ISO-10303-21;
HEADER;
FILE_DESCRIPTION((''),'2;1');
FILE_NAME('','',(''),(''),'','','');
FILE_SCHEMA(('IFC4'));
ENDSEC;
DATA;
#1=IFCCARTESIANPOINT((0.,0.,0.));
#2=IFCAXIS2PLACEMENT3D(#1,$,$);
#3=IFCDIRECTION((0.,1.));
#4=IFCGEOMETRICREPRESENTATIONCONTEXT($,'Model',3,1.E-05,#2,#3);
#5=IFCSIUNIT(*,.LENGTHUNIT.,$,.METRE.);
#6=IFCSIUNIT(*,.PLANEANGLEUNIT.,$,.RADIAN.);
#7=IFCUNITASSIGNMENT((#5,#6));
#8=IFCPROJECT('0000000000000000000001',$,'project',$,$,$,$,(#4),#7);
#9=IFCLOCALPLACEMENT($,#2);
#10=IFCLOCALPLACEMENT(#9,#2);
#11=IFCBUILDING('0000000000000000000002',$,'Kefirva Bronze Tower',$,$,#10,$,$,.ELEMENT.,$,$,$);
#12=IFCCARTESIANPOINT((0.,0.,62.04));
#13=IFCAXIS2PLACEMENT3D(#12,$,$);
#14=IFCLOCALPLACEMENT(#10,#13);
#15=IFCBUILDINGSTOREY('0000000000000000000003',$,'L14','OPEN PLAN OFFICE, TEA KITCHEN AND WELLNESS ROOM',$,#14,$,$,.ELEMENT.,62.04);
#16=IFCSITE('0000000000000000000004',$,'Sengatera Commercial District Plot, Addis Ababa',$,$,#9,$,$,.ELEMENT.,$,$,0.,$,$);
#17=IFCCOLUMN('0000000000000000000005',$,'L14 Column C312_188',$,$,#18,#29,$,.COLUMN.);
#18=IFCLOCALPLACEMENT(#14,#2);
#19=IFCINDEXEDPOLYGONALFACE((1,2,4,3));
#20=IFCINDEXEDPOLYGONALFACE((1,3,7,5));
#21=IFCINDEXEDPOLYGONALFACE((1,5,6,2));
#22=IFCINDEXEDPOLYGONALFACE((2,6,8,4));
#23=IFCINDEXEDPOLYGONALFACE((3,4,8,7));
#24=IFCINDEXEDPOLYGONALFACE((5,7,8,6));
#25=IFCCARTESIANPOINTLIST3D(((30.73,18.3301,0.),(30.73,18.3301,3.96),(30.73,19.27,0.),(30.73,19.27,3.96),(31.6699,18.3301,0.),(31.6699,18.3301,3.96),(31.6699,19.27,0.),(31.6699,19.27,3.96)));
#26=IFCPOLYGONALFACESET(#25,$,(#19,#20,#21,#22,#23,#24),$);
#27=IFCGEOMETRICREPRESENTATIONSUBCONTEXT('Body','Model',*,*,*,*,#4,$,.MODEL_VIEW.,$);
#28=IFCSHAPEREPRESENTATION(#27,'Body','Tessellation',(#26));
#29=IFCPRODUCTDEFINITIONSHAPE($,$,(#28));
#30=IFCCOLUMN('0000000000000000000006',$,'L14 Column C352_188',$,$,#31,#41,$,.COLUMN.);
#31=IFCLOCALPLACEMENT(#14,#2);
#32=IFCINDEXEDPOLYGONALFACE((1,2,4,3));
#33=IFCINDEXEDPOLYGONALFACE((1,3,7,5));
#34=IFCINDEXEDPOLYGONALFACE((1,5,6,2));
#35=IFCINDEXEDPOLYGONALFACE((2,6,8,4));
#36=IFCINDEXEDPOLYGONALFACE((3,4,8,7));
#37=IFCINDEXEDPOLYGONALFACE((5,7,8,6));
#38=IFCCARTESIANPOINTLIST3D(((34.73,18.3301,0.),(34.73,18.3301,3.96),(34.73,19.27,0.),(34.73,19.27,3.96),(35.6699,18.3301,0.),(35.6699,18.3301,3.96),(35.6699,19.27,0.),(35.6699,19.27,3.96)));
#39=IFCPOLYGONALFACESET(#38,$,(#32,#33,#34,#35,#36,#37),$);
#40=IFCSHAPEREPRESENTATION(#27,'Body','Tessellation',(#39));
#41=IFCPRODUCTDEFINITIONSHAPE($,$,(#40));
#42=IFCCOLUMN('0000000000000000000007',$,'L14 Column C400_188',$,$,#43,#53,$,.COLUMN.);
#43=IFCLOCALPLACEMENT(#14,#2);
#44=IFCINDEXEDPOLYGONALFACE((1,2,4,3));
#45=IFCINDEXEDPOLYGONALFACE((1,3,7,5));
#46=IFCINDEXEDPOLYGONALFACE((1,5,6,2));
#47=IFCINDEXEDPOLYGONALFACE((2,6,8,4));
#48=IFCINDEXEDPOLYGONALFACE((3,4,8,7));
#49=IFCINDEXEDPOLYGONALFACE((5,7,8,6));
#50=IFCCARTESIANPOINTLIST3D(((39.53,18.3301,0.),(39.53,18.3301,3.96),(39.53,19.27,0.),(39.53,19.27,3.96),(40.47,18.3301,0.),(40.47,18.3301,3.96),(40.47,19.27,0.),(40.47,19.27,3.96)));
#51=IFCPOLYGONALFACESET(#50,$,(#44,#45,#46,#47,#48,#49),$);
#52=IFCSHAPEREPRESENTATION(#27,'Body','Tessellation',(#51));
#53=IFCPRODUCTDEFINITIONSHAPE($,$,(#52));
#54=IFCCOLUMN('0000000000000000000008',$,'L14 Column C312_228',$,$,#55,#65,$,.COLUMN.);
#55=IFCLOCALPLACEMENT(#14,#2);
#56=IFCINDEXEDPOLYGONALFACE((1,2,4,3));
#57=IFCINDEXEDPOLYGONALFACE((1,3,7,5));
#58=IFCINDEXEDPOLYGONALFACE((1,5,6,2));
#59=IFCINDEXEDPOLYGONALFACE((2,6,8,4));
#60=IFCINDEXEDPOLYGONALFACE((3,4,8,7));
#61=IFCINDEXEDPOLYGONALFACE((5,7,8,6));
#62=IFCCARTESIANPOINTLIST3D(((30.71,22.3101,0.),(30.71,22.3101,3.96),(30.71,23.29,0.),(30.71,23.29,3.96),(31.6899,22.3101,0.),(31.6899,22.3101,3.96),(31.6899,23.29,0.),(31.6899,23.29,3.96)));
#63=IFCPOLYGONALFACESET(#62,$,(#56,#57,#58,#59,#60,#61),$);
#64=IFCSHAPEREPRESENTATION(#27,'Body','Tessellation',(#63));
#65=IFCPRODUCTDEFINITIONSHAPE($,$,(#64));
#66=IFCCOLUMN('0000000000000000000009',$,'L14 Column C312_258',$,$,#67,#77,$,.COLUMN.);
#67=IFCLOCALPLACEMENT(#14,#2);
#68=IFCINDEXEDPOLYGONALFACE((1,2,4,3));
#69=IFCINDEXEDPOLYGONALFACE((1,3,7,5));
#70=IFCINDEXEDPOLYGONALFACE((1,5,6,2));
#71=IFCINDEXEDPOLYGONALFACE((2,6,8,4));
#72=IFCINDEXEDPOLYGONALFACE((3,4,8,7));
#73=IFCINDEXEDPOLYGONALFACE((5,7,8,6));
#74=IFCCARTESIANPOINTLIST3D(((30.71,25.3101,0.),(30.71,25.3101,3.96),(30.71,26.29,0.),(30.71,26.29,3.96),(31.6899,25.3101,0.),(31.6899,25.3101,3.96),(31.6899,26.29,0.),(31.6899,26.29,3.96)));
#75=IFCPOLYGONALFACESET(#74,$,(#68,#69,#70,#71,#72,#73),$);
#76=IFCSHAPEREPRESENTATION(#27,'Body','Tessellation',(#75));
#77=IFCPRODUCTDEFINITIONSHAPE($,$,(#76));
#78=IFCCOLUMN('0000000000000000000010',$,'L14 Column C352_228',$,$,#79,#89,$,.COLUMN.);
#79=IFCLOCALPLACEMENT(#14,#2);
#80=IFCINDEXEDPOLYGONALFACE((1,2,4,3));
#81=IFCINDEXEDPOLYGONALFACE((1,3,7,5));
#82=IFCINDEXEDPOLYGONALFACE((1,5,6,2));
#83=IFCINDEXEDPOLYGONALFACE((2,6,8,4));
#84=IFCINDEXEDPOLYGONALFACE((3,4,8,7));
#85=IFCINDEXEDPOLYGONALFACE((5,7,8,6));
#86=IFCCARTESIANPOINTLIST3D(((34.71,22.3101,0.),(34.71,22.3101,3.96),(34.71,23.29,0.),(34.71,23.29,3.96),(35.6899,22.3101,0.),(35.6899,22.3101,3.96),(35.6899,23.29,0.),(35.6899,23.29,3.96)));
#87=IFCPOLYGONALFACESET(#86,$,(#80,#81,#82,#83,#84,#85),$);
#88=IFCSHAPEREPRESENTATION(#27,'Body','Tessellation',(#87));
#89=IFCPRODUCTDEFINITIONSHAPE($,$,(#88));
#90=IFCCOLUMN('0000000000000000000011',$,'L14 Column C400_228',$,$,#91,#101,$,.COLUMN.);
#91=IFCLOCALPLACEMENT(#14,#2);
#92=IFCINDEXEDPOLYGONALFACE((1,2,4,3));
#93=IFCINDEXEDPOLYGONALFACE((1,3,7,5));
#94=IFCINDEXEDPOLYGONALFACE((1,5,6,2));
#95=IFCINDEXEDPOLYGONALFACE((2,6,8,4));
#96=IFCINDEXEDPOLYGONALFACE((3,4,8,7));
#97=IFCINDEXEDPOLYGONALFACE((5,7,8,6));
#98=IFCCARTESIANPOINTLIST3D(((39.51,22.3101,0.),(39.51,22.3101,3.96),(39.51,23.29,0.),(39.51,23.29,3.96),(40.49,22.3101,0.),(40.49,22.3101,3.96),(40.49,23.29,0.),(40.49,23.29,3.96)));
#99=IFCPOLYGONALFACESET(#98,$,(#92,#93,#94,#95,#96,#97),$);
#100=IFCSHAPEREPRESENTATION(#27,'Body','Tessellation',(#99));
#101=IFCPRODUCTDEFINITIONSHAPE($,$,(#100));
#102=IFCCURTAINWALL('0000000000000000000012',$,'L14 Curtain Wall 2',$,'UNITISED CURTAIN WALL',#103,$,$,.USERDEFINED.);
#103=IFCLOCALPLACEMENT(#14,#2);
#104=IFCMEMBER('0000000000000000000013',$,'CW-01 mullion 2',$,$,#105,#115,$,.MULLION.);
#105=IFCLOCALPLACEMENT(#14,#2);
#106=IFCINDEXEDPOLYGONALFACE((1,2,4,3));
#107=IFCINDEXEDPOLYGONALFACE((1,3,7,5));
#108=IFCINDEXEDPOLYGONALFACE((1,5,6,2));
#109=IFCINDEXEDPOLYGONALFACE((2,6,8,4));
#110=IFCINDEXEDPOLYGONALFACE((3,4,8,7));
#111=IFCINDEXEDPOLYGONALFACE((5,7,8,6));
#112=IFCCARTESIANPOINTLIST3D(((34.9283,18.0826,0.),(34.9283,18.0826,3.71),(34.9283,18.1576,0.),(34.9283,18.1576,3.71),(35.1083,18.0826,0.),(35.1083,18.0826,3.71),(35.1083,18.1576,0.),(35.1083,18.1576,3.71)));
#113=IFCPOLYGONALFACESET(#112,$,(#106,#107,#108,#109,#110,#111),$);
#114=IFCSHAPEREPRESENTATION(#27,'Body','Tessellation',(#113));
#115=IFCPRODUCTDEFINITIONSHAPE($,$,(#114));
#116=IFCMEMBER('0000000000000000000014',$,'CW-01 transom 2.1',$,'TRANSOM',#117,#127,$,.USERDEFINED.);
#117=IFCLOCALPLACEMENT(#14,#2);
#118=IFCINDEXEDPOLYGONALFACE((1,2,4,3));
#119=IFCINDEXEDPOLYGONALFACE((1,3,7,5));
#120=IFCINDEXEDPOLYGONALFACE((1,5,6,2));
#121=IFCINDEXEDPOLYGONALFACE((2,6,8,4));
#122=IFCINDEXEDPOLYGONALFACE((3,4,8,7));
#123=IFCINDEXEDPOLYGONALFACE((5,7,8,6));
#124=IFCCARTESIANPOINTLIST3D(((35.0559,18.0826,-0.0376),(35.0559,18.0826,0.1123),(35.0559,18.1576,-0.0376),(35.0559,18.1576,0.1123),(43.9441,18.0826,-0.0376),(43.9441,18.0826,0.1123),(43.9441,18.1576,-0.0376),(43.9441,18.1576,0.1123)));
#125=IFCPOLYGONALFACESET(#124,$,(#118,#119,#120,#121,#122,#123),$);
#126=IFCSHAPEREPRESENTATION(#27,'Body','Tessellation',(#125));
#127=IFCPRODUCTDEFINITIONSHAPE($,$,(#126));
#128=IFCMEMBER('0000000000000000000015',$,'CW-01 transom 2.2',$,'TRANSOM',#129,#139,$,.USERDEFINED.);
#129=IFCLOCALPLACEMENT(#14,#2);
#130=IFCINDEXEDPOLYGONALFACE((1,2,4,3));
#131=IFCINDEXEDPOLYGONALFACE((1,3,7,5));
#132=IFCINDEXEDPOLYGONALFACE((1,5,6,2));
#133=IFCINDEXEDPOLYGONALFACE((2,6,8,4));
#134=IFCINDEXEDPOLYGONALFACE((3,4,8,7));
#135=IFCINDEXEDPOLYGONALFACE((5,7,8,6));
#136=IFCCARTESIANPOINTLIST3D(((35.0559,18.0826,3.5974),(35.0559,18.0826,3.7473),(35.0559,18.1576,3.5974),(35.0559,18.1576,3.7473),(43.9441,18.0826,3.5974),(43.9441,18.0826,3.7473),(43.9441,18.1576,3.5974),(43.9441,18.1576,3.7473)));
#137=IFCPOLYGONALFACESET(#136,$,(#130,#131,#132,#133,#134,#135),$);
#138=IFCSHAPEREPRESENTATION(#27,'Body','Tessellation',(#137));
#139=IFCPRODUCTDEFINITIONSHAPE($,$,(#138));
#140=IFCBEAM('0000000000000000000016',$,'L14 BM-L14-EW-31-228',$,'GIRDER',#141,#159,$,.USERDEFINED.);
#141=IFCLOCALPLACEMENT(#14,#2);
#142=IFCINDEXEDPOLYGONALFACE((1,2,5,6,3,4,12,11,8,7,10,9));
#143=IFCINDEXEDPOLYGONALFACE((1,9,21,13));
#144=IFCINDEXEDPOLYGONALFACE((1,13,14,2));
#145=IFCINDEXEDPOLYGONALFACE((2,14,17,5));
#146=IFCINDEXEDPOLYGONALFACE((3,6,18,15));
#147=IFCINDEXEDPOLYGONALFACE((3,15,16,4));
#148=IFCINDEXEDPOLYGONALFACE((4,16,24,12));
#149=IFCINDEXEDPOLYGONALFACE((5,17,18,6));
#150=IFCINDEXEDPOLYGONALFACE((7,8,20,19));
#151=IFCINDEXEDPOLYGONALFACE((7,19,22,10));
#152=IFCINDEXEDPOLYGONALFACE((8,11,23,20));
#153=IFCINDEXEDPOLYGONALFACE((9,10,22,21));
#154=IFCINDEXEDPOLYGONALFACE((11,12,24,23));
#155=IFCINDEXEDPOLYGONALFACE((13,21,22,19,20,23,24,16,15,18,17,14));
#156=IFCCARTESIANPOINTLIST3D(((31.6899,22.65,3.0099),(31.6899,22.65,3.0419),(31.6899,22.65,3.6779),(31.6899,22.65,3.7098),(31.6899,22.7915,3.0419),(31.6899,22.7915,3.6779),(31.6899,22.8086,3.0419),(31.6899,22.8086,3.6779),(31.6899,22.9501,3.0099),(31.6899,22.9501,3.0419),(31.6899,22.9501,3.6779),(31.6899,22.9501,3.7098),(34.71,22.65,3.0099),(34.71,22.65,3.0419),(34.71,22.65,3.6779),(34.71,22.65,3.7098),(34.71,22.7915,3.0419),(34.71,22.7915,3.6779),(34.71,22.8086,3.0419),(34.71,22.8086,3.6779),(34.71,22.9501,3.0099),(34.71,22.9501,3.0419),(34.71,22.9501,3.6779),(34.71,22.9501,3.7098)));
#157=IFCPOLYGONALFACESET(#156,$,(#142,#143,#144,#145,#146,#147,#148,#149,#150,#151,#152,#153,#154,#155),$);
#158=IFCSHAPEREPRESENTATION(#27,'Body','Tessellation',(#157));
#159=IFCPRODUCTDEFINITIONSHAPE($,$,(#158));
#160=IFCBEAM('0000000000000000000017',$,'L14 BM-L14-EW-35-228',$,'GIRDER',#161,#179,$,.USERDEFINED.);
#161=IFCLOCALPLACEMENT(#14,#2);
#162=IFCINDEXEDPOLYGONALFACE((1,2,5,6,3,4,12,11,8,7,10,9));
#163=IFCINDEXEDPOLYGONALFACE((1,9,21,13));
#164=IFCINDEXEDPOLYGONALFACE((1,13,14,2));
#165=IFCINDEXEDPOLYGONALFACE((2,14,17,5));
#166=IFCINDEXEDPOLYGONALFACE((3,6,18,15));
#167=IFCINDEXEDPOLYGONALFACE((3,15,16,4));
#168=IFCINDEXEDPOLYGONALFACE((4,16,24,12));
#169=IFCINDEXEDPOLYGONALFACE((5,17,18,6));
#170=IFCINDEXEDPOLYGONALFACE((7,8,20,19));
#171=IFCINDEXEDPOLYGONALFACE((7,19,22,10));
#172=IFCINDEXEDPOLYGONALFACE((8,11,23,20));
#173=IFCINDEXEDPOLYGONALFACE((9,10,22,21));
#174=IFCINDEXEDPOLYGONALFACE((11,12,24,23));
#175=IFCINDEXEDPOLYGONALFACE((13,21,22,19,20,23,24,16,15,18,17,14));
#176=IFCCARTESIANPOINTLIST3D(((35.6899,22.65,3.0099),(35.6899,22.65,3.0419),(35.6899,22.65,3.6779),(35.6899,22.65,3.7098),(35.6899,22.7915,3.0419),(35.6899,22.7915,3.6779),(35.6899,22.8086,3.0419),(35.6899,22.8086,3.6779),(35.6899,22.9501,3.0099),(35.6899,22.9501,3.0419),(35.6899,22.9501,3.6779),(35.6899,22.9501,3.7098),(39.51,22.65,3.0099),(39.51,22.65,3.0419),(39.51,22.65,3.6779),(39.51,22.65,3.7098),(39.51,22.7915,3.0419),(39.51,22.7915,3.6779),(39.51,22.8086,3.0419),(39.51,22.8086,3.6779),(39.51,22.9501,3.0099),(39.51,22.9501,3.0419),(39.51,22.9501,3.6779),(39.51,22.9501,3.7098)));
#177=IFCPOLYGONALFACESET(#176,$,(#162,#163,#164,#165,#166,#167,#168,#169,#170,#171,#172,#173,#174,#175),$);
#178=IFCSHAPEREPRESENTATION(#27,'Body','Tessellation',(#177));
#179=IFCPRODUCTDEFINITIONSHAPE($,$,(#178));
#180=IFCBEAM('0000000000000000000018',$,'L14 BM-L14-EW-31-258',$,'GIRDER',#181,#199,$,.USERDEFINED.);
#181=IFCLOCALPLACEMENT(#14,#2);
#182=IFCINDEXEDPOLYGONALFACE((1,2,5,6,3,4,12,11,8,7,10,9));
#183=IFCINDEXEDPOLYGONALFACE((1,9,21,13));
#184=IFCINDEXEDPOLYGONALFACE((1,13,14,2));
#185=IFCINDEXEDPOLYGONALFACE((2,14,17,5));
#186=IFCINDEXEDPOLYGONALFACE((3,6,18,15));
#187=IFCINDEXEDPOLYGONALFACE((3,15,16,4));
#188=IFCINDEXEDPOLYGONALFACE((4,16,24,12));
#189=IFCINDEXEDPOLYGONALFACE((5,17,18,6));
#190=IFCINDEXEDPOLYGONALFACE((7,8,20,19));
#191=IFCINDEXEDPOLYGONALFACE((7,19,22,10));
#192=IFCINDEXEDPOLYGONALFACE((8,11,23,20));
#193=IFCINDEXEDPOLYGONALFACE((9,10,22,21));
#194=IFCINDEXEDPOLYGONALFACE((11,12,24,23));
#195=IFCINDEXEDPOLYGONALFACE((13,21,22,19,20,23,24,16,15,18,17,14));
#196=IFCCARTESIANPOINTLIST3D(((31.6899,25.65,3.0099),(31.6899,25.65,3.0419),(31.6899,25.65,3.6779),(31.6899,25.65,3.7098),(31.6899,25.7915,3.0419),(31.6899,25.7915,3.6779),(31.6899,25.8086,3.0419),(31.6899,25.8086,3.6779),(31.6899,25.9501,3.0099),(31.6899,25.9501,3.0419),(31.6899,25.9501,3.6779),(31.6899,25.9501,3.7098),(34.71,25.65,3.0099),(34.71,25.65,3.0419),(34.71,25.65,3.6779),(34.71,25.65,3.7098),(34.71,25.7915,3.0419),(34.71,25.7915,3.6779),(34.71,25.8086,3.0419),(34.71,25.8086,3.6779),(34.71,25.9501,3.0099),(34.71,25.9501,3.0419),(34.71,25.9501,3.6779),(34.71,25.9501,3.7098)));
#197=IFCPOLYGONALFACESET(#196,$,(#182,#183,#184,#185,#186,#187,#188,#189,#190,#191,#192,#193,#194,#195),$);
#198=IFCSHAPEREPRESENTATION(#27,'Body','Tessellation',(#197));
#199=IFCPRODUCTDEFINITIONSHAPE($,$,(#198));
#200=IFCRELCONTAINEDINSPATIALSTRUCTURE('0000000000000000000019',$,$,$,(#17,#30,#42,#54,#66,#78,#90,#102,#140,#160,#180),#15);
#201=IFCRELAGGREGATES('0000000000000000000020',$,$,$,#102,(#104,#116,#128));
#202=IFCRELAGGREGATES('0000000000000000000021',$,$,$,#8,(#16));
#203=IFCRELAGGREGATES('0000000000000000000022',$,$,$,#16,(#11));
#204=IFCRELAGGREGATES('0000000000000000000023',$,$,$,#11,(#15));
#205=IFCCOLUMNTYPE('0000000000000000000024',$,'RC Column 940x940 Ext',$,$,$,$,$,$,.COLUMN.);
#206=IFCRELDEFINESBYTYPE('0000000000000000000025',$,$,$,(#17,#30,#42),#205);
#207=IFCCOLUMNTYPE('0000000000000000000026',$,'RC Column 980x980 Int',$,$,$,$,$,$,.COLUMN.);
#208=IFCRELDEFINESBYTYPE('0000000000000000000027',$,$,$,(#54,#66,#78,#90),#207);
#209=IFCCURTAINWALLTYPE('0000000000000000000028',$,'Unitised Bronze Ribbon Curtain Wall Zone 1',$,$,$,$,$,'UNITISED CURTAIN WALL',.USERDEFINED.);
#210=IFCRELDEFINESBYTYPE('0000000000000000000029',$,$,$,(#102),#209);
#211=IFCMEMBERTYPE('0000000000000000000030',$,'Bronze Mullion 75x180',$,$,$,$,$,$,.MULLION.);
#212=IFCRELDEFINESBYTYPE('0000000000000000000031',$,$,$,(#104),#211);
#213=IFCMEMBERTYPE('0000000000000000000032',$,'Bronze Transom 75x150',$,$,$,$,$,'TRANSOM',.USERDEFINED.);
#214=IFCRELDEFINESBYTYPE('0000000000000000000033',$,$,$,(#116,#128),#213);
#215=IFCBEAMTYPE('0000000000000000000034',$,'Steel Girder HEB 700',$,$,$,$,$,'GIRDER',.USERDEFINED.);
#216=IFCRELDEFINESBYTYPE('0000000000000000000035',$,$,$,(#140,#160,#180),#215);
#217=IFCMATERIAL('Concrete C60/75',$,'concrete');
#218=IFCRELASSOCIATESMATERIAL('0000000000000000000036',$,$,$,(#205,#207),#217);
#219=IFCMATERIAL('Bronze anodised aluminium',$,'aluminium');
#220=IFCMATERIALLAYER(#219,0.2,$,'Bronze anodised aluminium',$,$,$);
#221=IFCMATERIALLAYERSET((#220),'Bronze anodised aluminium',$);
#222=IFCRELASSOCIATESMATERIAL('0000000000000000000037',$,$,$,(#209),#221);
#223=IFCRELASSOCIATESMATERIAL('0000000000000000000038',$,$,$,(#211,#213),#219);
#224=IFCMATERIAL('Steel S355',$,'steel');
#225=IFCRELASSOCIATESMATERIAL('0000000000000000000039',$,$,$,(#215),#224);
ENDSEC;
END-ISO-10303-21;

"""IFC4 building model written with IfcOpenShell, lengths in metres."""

from ifc_helpers import new_model, si_unit, direction, frame, origin, origin_2d, place, context, subcontext, project, spatial, rectangle, i_section, extrude, material, layer, layer_set, material_profile, profile_set, type_object, element, aggregate, save


model = new_model("IFC4")

# Units and contexts
model_context = context("Model", 3, precision=1e-05, world=origin(), true_north=direction((0.0, 1.0)))
body_context = subcontext(model_context, "Body", "Model", "MODEL_VIEW")
ifc_project = project(units=[si_unit("LENGTHUNIT", "METRE"), si_unit("PLANEANGLEUNIT", "RADIAN")], contexts=[model_context])

# Site, building, storey
site_placement = place(None, origin())
site = spatial("IfcSite", under=ifc_project, at=site_placement, Name="Sengatera Commercial District Plot, Addis Ababa", CompositionType="ELEMENT", RefElevation=0.0)
building_placement = place(site_placement, origin())
building = spatial("IfcBuilding", under=site, at=building_placement, Name="Kefirva Bronze Tower", CompositionType="ELEMENT")
storey_placement = place(building_placement, frame((0.0, 0.0, 62.04)))
storey = spatial("IfcBuildingStorey", under=building, at=storey_placement, Name="L14", Description="OPEN PLAN OFFICE, TEA KITCHEN AND WELLNESS ROOM", CompositionType="ELEMENT", Elevation=62.04)

# Columns
ifc_material_1 = material(Name="Concrete C60/75", Category="concrete")
ifc_material_profile_1 = material_profile(ifc_material_1, rectangle(XDim=0.9399, YDim=0.9399, at=origin_2d()), Name="RC 940x940")
ifc_profile_set_1 = profile_set([ifc_material_profile_1], Name="Concrete C60/75")
column_type_1 = type_object("IfcColumnType", Name="RC Column 940x940 Ext", PredefinedType="COLUMN", material=ifc_profile_set_1)
for number, where, z_axis, x_axis, name in (
    (1, (31.2, 18.8, 0.0), (0.0, 0.0, 1.0), (1.0, 0.0, 0.0), "L14 Column C312_188"),
    (2, (35.2, 18.8, 0.0), (0.0, 0.0, 1.0), (1.0, 0.0, 0.0), "L14 Column C352_188"),
    (3, (40.0, 18.8, 0.0), (0.0, 0.0, 1.0), (1.0, 0.0, 0.0), "L14 Column C400_188"),
):
    element("IfcColumn", number, at=place(storey_placement, frame(where, z_axis=z_axis, x_axis=x_axis)), inside=storey, type_object=column_type_1, Name=name, PredefinedType="COLUMN", context=body_context, shape_type="SweptSolid", body=[
        extrude(rectangle(XDim=0.9399, YDim=0.9399, at=origin_2d()), origin(), (0.0, 0.0, 1.0), 3.96),
    ])
ifc_material_profile_2 = material_profile(ifc_material_1, rectangle(XDim=0.98, YDim=0.98, at=origin_2d()), Name="RC 980x980")
ifc_profile_set_2 = profile_set([ifc_material_profile_2], Name="Concrete C60/75")
column_type_2 = type_object("IfcColumnType", Name="RC Column 980x980 Int", PredefinedType="COLUMN", material=ifc_profile_set_2)
for number, where, z_axis, x_axis, name in (
    (4, (31.2, 22.8, 0.0), (0.0, 0.0, 1.0), (1.0, 0.0, 0.0), "L14 Column C312_228"),
    (5, (31.2, 25.8, 0.0), (0.0, 0.0, 1.0), (1.0, 0.0, 0.0), "L14 Column C312_258"),
    (6, (35.2, 22.8, 0.0), (0.0, 0.0, 1.0), (1.0, 0.0, 0.0), "L14 Column C352_228"),
    (7, (40.0, 22.8, 0.0), (0.0, 0.0, 1.0), (1.0, 0.0, 0.0), "L14 Column C400_228"),
):
    element("IfcColumn", number, at=place(storey_placement, frame(where, z_axis=z_axis, x_axis=x_axis)), inside=storey, type_object=column_type_2, Name=name, PredefinedType="COLUMN", context=body_context, shape_type="SweptSolid", body=[
        extrude(rectangle(XDim=0.98, YDim=0.98, at=origin_2d()), origin(), (0.0, 0.0, 1.0), 3.96),
    ])

# Curtain wall, members
ifc_material_2 = material(Name="Bronze anodised aluminium", Category="aluminium")
ifc_layer_1 = layer(ifc_material_2, 0.2, Name="Bronze anodised aluminium")
ifc_layer_set_1 = layer_set([ifc_layer_1], Name="Bronze anodised aluminium")
curtain_wall_type = type_object("IfcCurtainWallType", Name="Unitised Bronze Ribbon Curtain Wall Zone 1", ElementType="UNITISED CURTAIN WALL", PredefinedType="USERDEFINED", material=ifc_layer_set_1)
curtain_wall_placement = place(storey_placement, origin())
curtain_wall = element("IfcCurtainWall", 8, at=curtain_wall_placement, inside=storey, type_object=curtain_wall_type, Name="L14 Curtain Wall 2", ObjectType="UNITISED CURTAIN WALL", PredefinedType="USERDEFINED")
ifc_material_profile_3 = material_profile(ifc_material_2, rectangle(XDim=0.075, YDim=0.1799, at=origin_2d()), Name="ALU 75x180")
ifc_profile_set_3 = profile_set([ifc_material_profile_3], Name="Bronze anodised aluminium")
member_type_1 = type_object("IfcMemberType", Name="Bronze Mullion 75x180", PredefinedType="MULLION", material=ifc_profile_set_3)
member_1_placement = place(storey_placement, frame((35.0183, 18.1201, 0.0), z_axis=(0.0, 0.0, 1.0), x_axis=(0.0, 1.0, 0.0)))
member_1 = element("IfcMember", 9, at=member_1_placement, type_object=member_type_1, Name="CW-01 mullion 2", PredefinedType="MULLION", context=body_context, shape_type="SweptSolid", body=[
    extrude(rectangle(XDim=0.075, YDim=0.1799, at=origin_2d()), origin(), (0.0, 0.0, 1.0), 3.71),
])
ifc_material_profile_4 = material_profile(ifc_material_2, rectangle(XDim=0.075, YDim=0.1499, at=origin_2d()), Name="ALU 75x150")
ifc_profile_set_4 = profile_set([ifc_material_profile_4], Name="Bronze anodised aluminium")
member_type_2 = type_object("IfcMemberType", Name="Bronze Transom 75x150", ElementType="TRANSOM", PredefinedType="USERDEFINED", material=ifc_profile_set_4)
member_2_placement = place(storey_placement, frame((35.0559, 18.1201, 0.0374), z_axis=(1.0, 0.0, 0.0), x_axis=(0.0, 1.0, 0.0)))
member_2 = element("IfcMember", 10, at=member_2_placement, type_object=member_type_2, Name="CW-01 transom 2.1", ObjectType="TRANSOM", PredefinedType="USERDEFINED", context=body_context, shape_type="SweptSolid", body=[
    extrude(rectangle(XDim=0.075, YDim=0.1499, at=origin_2d()), origin(), (0.0, 0.0, 1.0), 8.8882),
])
member_3_placement = place(storey_placement, frame((35.0559, 18.1201, 3.6724), z_axis=(1.0, 0.0, 0.0), x_axis=(0.0, 1.0, 0.0)))
member_3 = element("IfcMember", 11, at=member_3_placement, type_object=member_type_2, Name="CW-01 transom 2.2", ObjectType="TRANSOM", PredefinedType="USERDEFINED", context=body_context, shape_type="SweptSolid", body=[
    extrude(rectangle(XDim=0.075, YDim=0.1499, at=origin_2d()), origin(), (0.0, 0.0, 1.0), 8.8882),
])

# Beams
ifc_material_3 = material(Name="Steel S355", Category="steel")
ifc_material_profile_5 = material_profile(ifc_material_3, i_section(OverallWidth=0.3, OverallDepth=0.7, WebThickness=0.0171, FlangeThickness=0.032, at=origin_2d()), Name="HEB 700")
ifc_profile_set_5 = profile_set([ifc_material_profile_5], Name="Steel S355")
beam_type_1 = type_object("IfcBeamType", Name="Steel Girder HEB 700", ElementType="GIRDER", PredefinedType="USERDEFINED", material=ifc_profile_set_5)
beam_1_placement = place(storey_placement, frame((31.6899, 22.8, 3.3599), z_axis=(1.0, 0.0, 0.0), x_axis=(0.0, 1.0, 0.0)))
element("IfcBeam", 12, at=beam_1_placement, inside=storey, type_object=beam_type_1, Name="L14 BM-L14-EW-31-228", ObjectType="GIRDER", PredefinedType="USERDEFINED", context=body_context, shape_type="SweptSolid", body=[
    extrude(i_section(OverallWidth=0.3, OverallDepth=0.7, WebThickness=0.0171, FlangeThickness=0.032, at=origin_2d()), origin(), (0.0, 0.0, 1.0), 3.02),
])
beam_2_placement = place(storey_placement, frame((35.6899, 22.8, 3.3599), z_axis=(1.0, 0.0, 0.0), x_axis=(0.0, 1.0, 0.0)))
element("IfcBeam", 13, at=beam_2_placement, inside=storey, type_object=beam_type_1, Name="L14 BM-L14-EW-35-228", ObjectType="GIRDER", PredefinedType="USERDEFINED", context=body_context, shape_type="SweptSolid", body=[
    extrude(i_section(OverallWidth=0.3, OverallDepth=0.7, WebThickness=0.0171, FlangeThickness=0.032, at=origin_2d()), origin(), (0.0, 0.0, 1.0), 3.8201),
])
beam_3_placement = place(storey_placement, frame((31.6899, 25.8, 3.3599), z_axis=(1.0, 0.0, 0.0), x_axis=(0.0, 1.0, 0.0)))
element("IfcBeam", 14, at=beam_3_placement, inside=storey, type_object=beam_type_1, Name="L14 BM-L14-EW-31-258", ObjectType="GIRDER", PredefinedType="USERDEFINED", context=body_context, shape_type="SweptSolid", body=[
    extrude(i_section(OverallWidth=0.3, OverallDepth=0.7, WebThickness=0.0171, FlangeThickness=0.032, at=origin_2d()), origin(), (0.0, 0.0, 1.0), 3.02),
])

aggregate(curtain_wall, [member_1, member_2, member_3])

save(model, "model.ifc")
